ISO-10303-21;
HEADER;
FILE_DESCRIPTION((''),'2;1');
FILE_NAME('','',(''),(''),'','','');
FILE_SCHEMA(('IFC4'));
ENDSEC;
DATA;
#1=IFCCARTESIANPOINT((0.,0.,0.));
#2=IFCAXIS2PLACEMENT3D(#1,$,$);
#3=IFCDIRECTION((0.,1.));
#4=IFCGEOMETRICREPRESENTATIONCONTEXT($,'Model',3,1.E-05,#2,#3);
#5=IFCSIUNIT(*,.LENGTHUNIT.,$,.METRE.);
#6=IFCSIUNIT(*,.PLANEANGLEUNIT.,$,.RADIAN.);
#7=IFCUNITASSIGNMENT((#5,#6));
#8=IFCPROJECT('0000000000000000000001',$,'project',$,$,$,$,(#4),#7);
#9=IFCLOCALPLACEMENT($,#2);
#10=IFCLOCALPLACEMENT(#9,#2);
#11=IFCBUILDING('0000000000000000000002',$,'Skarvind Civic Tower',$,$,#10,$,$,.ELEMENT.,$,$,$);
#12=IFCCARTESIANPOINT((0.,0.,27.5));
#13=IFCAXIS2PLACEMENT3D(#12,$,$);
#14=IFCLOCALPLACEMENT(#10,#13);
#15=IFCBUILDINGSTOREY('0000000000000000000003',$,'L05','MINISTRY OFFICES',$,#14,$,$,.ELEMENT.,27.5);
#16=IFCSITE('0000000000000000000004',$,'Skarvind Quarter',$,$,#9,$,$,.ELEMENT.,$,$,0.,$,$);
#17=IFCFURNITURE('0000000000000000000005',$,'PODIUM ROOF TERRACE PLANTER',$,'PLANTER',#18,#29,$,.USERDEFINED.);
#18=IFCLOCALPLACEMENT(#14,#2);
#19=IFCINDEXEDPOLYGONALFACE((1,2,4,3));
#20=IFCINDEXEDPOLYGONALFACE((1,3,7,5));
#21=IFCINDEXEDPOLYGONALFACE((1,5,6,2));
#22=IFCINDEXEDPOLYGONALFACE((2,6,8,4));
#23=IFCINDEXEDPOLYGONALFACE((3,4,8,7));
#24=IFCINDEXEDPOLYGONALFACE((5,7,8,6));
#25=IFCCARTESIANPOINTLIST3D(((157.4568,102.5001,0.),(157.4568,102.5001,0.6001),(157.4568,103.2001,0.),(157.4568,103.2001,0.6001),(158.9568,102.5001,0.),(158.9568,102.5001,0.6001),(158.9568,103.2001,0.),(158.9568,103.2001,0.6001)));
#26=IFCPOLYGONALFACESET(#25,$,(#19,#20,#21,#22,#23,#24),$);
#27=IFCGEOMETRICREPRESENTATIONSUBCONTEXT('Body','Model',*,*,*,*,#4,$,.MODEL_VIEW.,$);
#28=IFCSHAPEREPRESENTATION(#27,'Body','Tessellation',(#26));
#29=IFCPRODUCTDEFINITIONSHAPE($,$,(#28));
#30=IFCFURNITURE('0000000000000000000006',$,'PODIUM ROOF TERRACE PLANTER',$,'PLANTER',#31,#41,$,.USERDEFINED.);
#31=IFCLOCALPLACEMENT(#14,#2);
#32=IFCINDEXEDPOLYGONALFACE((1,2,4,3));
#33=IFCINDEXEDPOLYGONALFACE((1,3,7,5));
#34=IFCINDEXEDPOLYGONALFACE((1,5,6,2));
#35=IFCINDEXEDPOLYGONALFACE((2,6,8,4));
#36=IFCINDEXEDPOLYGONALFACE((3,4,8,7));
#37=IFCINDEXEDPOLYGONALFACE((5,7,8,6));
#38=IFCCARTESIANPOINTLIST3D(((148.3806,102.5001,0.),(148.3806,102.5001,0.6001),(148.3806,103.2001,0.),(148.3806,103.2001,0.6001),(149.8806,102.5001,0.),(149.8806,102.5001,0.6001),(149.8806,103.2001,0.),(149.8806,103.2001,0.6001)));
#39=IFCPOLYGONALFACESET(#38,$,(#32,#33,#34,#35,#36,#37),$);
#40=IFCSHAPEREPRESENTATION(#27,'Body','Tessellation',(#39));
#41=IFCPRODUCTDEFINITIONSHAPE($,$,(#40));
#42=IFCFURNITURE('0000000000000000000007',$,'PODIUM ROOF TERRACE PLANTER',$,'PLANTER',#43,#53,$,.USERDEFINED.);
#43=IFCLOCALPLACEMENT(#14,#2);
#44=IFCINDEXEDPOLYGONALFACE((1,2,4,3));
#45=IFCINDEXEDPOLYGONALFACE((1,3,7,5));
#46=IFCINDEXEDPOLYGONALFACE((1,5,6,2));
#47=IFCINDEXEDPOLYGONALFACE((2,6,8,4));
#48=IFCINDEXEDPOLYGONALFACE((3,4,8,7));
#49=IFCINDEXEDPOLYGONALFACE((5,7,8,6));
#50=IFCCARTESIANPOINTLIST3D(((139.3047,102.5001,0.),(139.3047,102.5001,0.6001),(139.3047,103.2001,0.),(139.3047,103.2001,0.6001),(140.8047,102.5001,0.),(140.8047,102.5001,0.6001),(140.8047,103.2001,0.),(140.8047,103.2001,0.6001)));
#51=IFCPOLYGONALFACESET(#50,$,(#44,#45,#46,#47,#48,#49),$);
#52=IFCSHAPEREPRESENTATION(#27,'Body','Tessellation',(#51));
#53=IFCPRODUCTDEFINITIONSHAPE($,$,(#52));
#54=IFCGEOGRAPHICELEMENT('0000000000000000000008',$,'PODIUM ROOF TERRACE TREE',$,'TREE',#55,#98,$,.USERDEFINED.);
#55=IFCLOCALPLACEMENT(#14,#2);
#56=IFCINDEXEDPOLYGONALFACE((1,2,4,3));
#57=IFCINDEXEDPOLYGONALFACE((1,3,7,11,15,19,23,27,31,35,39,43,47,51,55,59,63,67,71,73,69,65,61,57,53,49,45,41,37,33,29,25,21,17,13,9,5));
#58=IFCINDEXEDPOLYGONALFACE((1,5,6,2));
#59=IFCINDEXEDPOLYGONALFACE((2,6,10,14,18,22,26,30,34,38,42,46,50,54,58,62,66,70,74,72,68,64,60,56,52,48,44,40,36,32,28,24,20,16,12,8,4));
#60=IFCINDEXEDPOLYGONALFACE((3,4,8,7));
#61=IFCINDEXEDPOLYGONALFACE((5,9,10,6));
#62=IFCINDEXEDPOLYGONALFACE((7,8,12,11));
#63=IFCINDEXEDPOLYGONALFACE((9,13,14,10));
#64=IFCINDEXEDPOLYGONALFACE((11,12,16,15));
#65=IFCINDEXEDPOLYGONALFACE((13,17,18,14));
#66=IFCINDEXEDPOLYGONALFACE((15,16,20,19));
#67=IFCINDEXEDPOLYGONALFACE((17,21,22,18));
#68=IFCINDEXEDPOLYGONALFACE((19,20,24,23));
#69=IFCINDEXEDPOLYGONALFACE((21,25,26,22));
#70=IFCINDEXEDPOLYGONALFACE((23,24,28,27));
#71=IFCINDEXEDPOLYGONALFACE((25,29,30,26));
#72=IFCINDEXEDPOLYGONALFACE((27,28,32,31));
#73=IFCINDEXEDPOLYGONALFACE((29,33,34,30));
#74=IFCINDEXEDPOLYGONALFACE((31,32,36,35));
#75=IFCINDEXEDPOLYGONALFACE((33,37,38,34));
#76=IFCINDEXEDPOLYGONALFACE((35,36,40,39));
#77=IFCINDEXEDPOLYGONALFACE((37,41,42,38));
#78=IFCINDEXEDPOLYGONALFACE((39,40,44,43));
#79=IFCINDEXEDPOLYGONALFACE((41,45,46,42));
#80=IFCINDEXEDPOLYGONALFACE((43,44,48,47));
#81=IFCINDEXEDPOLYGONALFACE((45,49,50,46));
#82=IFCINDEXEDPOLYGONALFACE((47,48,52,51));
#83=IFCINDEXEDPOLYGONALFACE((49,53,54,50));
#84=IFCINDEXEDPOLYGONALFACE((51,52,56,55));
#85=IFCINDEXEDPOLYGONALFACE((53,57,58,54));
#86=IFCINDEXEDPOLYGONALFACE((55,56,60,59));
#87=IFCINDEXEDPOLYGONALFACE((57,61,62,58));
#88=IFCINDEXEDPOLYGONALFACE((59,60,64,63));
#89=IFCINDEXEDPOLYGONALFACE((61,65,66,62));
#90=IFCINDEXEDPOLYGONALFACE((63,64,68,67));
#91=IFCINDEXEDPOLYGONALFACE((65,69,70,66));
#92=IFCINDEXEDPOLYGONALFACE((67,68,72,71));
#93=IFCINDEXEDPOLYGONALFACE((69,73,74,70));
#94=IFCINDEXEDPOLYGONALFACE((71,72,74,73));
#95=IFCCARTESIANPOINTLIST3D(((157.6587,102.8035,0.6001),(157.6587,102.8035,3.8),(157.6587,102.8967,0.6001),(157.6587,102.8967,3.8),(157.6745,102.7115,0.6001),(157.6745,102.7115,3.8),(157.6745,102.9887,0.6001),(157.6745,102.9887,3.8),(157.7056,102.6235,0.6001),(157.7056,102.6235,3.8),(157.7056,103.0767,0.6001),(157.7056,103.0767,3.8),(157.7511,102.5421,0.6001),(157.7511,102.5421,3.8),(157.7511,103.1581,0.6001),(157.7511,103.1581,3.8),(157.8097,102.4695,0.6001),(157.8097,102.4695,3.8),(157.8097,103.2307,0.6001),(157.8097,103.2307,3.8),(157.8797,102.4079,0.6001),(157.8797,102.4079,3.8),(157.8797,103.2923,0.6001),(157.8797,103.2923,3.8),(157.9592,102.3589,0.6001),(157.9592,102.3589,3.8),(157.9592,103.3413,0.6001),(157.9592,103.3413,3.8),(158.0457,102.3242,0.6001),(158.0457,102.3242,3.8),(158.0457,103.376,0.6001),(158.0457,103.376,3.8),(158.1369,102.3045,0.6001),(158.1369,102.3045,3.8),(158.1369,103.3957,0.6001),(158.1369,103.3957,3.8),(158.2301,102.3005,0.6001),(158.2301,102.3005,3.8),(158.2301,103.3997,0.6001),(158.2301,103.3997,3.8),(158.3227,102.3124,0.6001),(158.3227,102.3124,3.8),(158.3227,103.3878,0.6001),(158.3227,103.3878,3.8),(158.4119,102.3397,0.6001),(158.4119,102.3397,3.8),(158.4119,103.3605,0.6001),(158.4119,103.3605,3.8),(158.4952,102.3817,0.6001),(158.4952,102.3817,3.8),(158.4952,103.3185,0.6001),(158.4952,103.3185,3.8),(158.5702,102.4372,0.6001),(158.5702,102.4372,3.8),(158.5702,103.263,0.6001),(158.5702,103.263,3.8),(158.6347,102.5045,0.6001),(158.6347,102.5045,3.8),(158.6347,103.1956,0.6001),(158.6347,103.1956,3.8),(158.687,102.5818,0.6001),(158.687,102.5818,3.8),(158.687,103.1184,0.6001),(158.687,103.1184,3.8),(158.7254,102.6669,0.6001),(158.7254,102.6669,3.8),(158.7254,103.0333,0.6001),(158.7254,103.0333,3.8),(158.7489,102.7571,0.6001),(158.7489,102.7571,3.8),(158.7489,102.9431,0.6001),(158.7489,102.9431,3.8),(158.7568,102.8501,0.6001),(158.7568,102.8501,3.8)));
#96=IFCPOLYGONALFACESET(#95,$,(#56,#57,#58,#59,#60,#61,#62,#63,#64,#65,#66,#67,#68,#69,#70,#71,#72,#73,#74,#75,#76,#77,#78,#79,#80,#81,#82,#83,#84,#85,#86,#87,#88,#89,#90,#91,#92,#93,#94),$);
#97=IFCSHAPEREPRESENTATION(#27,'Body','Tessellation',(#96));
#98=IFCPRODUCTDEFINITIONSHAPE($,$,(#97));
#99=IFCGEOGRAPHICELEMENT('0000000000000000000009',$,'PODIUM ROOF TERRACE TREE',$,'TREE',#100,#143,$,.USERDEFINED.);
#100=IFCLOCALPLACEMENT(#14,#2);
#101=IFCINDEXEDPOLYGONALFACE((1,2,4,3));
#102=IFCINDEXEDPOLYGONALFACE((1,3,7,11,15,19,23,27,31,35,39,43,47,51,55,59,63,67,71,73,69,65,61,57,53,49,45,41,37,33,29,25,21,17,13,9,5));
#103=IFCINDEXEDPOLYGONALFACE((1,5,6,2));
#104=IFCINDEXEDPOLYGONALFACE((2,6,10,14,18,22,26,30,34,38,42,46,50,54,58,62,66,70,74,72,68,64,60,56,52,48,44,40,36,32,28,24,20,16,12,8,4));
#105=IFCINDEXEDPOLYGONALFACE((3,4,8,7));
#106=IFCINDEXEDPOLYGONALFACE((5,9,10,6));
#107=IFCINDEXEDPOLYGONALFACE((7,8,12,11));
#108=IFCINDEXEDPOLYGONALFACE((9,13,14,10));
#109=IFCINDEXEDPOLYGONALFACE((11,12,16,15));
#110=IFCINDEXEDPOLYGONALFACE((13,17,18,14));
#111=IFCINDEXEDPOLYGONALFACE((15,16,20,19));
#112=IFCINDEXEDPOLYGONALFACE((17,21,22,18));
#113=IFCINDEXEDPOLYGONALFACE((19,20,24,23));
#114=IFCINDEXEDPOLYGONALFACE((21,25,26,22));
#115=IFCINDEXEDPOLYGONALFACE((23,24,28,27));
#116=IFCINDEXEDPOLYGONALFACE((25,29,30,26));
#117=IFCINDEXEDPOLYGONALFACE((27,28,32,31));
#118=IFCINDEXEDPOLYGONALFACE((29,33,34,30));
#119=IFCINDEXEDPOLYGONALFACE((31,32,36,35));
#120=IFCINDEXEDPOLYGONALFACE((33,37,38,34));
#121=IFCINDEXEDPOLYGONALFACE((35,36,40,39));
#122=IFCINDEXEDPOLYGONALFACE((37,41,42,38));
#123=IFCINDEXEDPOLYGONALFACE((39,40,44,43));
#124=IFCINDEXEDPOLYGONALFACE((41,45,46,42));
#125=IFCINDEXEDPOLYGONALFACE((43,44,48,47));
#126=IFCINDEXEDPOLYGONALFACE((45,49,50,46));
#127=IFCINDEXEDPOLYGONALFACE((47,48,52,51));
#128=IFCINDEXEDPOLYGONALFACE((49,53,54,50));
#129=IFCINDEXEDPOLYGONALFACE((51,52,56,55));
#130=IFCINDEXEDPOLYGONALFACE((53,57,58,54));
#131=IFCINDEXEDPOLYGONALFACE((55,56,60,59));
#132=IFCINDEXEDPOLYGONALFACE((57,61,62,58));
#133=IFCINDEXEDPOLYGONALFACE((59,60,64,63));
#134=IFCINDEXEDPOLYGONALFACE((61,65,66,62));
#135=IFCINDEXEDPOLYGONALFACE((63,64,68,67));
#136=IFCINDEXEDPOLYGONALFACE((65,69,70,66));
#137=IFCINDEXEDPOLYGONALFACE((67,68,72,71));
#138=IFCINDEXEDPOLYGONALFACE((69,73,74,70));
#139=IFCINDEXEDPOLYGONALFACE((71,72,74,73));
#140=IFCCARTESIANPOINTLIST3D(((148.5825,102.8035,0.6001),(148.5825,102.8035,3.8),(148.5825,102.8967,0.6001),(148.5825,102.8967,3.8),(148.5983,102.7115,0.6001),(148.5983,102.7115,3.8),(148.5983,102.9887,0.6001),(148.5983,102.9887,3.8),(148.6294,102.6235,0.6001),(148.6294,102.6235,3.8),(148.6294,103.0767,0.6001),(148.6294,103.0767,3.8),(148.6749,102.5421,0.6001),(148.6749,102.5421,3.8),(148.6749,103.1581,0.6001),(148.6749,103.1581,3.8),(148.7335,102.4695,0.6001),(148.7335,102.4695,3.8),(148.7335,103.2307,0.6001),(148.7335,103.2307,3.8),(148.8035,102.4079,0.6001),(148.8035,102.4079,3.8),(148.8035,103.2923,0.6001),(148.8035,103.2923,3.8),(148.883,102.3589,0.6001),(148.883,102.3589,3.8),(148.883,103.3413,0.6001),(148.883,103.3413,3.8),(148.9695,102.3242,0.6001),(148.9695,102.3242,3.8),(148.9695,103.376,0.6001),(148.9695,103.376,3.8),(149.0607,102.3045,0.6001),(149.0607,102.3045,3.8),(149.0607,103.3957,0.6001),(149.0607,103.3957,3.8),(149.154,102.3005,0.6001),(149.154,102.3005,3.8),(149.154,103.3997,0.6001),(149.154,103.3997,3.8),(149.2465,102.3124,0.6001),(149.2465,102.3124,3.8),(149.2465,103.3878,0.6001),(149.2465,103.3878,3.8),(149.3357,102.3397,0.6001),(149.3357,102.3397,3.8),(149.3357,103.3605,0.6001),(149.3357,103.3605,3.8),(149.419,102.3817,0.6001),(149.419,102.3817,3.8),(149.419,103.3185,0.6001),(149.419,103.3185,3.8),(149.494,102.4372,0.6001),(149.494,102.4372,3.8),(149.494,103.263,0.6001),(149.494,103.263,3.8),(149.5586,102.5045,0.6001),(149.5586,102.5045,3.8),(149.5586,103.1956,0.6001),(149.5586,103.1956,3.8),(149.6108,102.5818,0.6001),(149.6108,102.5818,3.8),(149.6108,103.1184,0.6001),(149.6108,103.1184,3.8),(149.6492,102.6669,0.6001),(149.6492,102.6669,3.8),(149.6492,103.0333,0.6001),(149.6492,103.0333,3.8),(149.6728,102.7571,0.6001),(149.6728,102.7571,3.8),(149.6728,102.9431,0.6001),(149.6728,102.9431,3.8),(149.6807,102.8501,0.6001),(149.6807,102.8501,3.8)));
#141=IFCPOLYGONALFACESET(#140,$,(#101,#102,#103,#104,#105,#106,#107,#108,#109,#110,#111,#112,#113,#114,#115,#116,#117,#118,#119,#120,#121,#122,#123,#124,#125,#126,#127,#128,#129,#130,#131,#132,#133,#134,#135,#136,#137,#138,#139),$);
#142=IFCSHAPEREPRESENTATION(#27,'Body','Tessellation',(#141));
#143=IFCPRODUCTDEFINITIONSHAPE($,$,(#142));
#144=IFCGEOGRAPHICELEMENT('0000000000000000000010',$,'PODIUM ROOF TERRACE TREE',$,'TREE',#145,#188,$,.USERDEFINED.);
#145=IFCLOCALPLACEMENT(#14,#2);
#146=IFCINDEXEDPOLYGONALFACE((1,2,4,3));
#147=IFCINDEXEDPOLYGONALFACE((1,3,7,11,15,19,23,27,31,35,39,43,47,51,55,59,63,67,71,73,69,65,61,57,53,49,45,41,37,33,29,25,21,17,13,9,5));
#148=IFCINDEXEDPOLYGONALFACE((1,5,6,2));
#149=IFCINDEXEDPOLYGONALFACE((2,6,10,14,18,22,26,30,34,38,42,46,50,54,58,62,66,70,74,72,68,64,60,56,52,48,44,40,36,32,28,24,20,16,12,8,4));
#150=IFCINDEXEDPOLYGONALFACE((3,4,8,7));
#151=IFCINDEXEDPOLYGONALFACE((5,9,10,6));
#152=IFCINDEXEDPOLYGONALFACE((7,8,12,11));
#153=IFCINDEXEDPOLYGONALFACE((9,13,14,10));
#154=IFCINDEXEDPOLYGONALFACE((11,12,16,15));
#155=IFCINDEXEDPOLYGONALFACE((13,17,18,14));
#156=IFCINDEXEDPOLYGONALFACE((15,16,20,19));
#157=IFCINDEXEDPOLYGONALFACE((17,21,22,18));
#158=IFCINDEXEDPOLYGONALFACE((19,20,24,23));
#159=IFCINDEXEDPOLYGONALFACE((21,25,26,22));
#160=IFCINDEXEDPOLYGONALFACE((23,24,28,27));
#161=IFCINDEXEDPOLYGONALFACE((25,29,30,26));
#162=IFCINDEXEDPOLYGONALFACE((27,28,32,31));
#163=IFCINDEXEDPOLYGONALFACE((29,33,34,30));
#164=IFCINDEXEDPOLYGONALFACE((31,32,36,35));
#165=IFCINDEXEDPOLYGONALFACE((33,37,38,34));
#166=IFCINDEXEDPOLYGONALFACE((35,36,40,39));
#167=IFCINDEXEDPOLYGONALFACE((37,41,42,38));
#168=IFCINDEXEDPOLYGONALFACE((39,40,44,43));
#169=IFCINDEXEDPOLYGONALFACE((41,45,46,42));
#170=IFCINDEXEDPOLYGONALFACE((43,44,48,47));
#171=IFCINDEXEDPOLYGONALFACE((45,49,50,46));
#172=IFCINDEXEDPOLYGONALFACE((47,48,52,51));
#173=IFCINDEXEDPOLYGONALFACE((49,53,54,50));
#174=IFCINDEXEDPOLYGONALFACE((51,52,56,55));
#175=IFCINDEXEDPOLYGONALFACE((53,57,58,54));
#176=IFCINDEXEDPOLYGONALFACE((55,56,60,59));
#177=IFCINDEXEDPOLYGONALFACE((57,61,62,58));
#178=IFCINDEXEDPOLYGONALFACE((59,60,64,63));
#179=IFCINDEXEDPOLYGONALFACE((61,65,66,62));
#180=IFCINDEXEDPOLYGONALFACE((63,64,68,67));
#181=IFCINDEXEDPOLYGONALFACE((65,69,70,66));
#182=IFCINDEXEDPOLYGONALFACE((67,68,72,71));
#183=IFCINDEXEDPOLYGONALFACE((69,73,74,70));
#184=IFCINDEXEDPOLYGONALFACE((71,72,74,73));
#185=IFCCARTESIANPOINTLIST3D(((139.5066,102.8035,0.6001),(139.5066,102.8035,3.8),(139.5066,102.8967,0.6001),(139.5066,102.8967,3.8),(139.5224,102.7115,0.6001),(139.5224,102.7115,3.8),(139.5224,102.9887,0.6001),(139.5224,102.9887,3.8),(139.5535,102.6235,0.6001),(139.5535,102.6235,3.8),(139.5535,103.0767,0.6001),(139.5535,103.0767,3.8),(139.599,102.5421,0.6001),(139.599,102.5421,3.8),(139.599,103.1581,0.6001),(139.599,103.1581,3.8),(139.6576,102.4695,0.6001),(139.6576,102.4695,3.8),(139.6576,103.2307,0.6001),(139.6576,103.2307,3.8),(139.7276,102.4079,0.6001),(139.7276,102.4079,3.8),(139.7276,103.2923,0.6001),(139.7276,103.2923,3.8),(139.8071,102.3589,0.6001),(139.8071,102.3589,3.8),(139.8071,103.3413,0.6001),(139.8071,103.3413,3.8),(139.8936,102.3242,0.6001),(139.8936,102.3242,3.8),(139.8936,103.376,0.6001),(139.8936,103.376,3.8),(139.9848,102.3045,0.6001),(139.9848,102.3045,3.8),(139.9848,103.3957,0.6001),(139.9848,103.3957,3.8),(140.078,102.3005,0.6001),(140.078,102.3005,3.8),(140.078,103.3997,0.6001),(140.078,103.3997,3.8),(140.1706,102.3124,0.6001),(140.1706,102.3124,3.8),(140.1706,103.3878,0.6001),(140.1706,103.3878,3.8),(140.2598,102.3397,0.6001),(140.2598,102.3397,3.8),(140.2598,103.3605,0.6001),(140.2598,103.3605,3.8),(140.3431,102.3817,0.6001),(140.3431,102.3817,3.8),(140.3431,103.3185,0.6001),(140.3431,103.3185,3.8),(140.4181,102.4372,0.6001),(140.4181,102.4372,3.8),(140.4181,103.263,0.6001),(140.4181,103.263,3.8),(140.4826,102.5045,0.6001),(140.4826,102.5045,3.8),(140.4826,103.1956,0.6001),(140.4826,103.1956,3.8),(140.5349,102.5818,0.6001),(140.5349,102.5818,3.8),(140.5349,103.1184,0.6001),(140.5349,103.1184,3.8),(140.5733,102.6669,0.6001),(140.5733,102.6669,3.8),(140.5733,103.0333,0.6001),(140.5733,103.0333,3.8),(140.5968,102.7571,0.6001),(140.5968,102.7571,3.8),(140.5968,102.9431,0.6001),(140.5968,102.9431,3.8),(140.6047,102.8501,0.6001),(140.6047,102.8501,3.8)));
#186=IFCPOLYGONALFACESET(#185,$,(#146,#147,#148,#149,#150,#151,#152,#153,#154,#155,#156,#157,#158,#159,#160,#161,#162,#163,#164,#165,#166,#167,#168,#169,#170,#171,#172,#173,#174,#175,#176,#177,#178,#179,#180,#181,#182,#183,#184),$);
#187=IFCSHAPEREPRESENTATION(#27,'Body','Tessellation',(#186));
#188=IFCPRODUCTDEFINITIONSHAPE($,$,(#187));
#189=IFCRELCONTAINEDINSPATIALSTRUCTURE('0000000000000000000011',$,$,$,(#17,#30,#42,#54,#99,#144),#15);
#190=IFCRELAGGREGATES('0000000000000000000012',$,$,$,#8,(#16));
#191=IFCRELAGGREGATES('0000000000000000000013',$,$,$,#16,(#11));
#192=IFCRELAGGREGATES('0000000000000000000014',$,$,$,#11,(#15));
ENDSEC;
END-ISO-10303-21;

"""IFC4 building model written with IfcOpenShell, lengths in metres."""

from ifc_helpers import new_model, si_unit, direction, frame, origin, origin_2d, place, context, subcontext, project, spatial, rectangle, circle, extrude, element, save


model = new_model("IFC4")

# Units and contexts
model_context = context("Model", 3, precision=1e-05, world=origin(), true_north=direction((0.0, 1.0)))
body_context = subcontext(model_context, "Body", "Model", "MODEL_VIEW")
ifc_project = project(units=[si_unit("LENGTHUNIT", "METRE"), si_unit("PLANEANGLEUNIT", "RADIAN")], contexts=[model_context])

# Site, building, storey
site_placement = place(None, origin())
site = spatial("IfcSite", under=ifc_project, at=site_placement, Name="Skarvind Quarter", CompositionType="ELEMENT", RefElevation=0.0)
building_placement = place(site_placement, origin())
building = spatial("IfcBuilding", under=site, at=building_placement, Name="Skarvind Civic Tower", CompositionType="ELEMENT")
storey_placement = place(building_placement, frame((0.0, 0.0, 27.5)))
storey = spatial("IfcBuildingStorey", under=building, at=storey_placement, Name="L05", Description="MINISTRY OFFICES", CompositionType="ELEMENT", Elevation=27.5)

# Furniture
for number, where, z_axis, x_axis, name in (
    (1, (158.2068, 102.8501, 0.0), (0.0, 0.0, 1.0), (-1.0, 0.0, 0.0), "PODIUM ROOF TERRACE PLANTER"),
    (2, (149.1306, 102.8501, 0.0), (0.0, 0.0, 1.0), (-1.0, 0.0, 0.0), "PODIUM ROOF TERRACE PLANTER"),
    (3, (140.0547, 102.8501, 0.0), (0.0, 0.0, 1.0), (-1.0, 0.0, 0.0), "PODIUM ROOF TERRACE PLANTER"),
):
    element("IfcFurniture", number, at=place(storey_placement, frame(where, z_axis=z_axis, x_axis=x_axis)), inside=storey, Name=name, ObjectType="PLANTER", PredefinedType="USERDEFINED", context=body_context, shape_type="SweptSolid", body=[
        extrude(rectangle(XDim=1.5, YDim=0.7, at=origin_2d()), origin(), (0.0, 0.0, 1.0), 0.6001),
    ])

# Geographic elements
for number, where, z_axis, x_axis, name in (
    (4, (158.2068, 102.8501, 0.6001), (0.0, 0.0, 1.0), (1.0, 0.0, 0.0), "PODIUM ROOF TERRACE TREE"),
    (5, (149.1306, 102.8501, 0.6001), (0.0, 0.0, 1.0), (1.0, 0.0, 0.0), "PODIUM ROOF TERRACE TREE"),
    (6, (140.0547, 102.8501, 0.6001), (0.0, 0.0, 1.0), (1.0, 0.0, 0.0), "PODIUM ROOF TERRACE TREE"),
):
    element("IfcGeographicElement", number, at=place(storey_placement, frame(where, z_axis=z_axis, x_axis=x_axis)), inside=storey, Name=name, ObjectType="TREE", PredefinedType="USERDEFINED", context=body_context, shape_type="SweptSolid", body=[
        extrude(circle(Radius=0.55, at=origin_2d()), origin(), (0.0, 0.0, 1.0), 3.2),
    ])

save(model, "model.ifc")
